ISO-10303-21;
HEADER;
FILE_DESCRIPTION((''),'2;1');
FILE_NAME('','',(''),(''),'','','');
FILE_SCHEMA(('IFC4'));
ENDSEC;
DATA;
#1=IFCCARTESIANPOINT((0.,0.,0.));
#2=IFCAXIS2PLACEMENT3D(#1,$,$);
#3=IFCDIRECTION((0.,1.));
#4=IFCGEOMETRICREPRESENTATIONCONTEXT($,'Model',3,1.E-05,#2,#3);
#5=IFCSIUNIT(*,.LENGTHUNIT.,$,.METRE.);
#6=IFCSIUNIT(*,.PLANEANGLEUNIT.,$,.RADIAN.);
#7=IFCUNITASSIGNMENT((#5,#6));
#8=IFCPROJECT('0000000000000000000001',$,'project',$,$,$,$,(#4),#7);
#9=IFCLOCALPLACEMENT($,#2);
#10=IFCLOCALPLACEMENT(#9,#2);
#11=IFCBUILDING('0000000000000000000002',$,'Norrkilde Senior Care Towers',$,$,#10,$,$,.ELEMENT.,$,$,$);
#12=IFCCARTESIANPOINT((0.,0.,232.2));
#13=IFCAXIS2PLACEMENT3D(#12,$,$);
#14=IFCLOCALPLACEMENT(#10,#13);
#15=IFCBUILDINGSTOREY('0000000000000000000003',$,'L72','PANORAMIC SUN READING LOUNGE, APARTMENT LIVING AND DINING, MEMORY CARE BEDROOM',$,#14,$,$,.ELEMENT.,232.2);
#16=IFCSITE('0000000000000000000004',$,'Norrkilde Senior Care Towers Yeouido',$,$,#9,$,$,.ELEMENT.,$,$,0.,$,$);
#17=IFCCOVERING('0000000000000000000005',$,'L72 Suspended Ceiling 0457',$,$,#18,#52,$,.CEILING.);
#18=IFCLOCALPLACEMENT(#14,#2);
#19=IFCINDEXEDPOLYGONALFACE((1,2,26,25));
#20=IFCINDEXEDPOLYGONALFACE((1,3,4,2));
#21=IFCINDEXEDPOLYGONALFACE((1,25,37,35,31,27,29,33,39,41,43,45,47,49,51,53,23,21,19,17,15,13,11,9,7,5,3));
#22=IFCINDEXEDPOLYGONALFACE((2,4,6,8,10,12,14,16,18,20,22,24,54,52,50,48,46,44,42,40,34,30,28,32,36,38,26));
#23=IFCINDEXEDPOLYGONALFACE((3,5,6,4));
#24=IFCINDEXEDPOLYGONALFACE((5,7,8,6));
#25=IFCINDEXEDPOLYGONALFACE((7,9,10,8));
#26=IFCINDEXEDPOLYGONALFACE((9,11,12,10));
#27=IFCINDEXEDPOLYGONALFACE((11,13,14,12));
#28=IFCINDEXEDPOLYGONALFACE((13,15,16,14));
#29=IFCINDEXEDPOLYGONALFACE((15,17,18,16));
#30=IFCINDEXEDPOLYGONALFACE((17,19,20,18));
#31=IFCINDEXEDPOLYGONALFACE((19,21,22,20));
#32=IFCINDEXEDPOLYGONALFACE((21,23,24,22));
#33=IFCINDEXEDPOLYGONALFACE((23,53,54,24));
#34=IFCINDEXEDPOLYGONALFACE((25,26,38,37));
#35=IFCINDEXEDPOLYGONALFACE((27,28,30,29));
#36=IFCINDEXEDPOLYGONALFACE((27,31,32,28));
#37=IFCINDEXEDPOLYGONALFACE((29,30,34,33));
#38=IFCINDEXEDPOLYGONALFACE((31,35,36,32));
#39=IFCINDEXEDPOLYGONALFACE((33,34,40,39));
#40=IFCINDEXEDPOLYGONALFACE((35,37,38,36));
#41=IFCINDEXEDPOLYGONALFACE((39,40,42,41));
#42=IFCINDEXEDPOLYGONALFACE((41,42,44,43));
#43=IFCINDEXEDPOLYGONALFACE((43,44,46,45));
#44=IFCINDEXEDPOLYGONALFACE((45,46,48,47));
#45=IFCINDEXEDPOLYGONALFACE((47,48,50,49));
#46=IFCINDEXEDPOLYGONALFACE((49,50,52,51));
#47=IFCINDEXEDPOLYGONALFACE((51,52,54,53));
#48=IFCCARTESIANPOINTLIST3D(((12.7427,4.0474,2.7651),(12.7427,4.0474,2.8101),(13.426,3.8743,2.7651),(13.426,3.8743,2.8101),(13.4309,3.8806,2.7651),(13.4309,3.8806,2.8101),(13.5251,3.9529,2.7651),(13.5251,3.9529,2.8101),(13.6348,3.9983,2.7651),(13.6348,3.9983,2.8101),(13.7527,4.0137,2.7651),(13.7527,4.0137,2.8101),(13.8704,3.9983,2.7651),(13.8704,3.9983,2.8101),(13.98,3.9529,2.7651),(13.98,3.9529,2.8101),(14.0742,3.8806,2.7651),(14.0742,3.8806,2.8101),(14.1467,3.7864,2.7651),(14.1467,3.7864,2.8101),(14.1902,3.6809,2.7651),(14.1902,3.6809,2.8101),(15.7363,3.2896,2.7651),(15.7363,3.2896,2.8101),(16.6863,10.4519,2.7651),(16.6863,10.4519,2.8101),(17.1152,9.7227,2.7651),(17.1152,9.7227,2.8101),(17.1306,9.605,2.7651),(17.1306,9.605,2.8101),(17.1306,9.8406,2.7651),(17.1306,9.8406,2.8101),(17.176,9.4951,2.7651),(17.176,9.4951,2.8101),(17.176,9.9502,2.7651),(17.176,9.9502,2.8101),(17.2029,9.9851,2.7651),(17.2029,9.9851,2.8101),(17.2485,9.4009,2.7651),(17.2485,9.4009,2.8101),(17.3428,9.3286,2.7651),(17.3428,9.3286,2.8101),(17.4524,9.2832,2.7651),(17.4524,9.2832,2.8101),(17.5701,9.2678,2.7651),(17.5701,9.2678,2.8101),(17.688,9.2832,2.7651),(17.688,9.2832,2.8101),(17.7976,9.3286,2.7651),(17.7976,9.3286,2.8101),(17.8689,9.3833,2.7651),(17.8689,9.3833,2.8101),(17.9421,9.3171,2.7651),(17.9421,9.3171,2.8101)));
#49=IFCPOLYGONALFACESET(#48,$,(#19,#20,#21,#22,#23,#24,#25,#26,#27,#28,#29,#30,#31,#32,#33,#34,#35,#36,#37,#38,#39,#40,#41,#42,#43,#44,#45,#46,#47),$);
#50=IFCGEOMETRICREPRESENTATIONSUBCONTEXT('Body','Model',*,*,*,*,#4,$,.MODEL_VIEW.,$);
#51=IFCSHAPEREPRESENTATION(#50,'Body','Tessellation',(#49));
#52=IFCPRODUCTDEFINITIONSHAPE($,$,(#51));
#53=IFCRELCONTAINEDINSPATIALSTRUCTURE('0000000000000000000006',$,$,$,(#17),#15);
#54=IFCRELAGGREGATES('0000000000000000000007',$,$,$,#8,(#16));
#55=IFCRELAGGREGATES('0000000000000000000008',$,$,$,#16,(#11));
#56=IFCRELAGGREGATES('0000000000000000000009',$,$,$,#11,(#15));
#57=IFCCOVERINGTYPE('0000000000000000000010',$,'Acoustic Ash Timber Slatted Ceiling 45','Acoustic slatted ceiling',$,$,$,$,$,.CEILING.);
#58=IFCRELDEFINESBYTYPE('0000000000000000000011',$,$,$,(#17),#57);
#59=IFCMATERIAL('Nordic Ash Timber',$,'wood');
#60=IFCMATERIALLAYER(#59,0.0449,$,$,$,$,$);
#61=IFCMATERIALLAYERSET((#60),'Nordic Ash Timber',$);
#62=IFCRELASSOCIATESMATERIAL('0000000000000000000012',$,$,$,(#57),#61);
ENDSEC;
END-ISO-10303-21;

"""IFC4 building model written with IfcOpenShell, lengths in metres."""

from ifc_helpers import new_model, si_unit, direction, frame, origin, place, context, subcontext, project, spatial, polyline, outline, extrude, material, layer, layer_set, type_object, element, save


model = new_model("IFC4")

# Units and contexts
model_context = context("Model", 3, precision=1e-05, world=origin(), true_north=direction((0.0, 1.0)))
body_context = subcontext(model_context, "Body", "Model", "MODEL_VIEW")
ifc_project = project(units=[si_unit("LENGTHUNIT", "METRE"), si_unit("PLANEANGLEUNIT", "RADIAN")], contexts=[model_context])

# Site, building, storey
site_placement = place(None, origin())
site = spatial("IfcSite", under=ifc_project, at=site_placement, Name="Norrkilde Senior Care Towers Yeouido", CompositionType="ELEMENT", RefElevation=0.0)
building_placement = place(site_placement, origin())
building = spatial("IfcBuilding", under=site, at=building_placement, Name="Norrkilde Senior Care Towers", CompositionType="ELEMENT")
storey_placement = place(building_placement, frame((0.0, 0.0, 232.2)))
storey = spatial("IfcBuildingStorey", under=building, at=storey_placement, Name="L72", Description="PANORAMIC SUN READING LOUNGE, APARTMENT LIVING AND DINING, MEMORY CARE BEDROOM", CompositionType="ELEMENT", Elevation=232.2)

# Shared definitions
ifc_material_1 = material(Name="Nordic Ash Timber", Category="wood")

# Covering
ifc_layer_1 = layer(ifc_material_1, 0.0449)
ifc_layer_set_1 = layer_set([ifc_layer_1], Name="Nordic Ash Timber")
covering_type_1 = type_object("IfcCoveringType", Name="Acoustic Ash Timber Slatted Ceiling 45", Description="Acoustic slatted ceiling", PredefinedType="CEILING", material=ifc_layer_set_1)
covering_1_placement = place(storey_placement, frame((0.0, 0.0, 2.7651)))
element("IfcCovering", 1, at=covering_1_placement, inside=storey, type_object=covering_type_1, Name="L72 Suspended Ceiling 0457", PredefinedType="CEILING", context=body_context, shape_type="SweptSolid", body=[
    extrude(outline(polyline([(14.1902, 3.6809), (14.1467, 3.7864), (14.0742, 3.8806), (13.98, 3.9529), (13.8704, 3.9983), (13.7527, 4.0137), (13.6348, 3.9983), (13.5251, 3.9529), (13.4309, 3.8806), (13.426, 3.8743), (12.7427, 4.0474), (16.6863, 10.4519), (17.2029, 9.9851), (17.176, 9.9502), (17.1306, 9.8406), (17.1152, 9.7227), (17.1306, 9.605), (17.176, 9.4951), (17.2485, 9.4009), (17.3428, 9.3286), (17.4524, 9.2832), (17.5701, 9.2678), (17.688, 9.2832), (17.7976, 9.3286), (17.8689, 9.3833), (17.9421, 9.3171), (15.7363, 3.2896), (14.1902, 3.6809)])), origin(), (0.0, 0.0, 1.0), 0.0449),
])

save(model, "model.ifc")
